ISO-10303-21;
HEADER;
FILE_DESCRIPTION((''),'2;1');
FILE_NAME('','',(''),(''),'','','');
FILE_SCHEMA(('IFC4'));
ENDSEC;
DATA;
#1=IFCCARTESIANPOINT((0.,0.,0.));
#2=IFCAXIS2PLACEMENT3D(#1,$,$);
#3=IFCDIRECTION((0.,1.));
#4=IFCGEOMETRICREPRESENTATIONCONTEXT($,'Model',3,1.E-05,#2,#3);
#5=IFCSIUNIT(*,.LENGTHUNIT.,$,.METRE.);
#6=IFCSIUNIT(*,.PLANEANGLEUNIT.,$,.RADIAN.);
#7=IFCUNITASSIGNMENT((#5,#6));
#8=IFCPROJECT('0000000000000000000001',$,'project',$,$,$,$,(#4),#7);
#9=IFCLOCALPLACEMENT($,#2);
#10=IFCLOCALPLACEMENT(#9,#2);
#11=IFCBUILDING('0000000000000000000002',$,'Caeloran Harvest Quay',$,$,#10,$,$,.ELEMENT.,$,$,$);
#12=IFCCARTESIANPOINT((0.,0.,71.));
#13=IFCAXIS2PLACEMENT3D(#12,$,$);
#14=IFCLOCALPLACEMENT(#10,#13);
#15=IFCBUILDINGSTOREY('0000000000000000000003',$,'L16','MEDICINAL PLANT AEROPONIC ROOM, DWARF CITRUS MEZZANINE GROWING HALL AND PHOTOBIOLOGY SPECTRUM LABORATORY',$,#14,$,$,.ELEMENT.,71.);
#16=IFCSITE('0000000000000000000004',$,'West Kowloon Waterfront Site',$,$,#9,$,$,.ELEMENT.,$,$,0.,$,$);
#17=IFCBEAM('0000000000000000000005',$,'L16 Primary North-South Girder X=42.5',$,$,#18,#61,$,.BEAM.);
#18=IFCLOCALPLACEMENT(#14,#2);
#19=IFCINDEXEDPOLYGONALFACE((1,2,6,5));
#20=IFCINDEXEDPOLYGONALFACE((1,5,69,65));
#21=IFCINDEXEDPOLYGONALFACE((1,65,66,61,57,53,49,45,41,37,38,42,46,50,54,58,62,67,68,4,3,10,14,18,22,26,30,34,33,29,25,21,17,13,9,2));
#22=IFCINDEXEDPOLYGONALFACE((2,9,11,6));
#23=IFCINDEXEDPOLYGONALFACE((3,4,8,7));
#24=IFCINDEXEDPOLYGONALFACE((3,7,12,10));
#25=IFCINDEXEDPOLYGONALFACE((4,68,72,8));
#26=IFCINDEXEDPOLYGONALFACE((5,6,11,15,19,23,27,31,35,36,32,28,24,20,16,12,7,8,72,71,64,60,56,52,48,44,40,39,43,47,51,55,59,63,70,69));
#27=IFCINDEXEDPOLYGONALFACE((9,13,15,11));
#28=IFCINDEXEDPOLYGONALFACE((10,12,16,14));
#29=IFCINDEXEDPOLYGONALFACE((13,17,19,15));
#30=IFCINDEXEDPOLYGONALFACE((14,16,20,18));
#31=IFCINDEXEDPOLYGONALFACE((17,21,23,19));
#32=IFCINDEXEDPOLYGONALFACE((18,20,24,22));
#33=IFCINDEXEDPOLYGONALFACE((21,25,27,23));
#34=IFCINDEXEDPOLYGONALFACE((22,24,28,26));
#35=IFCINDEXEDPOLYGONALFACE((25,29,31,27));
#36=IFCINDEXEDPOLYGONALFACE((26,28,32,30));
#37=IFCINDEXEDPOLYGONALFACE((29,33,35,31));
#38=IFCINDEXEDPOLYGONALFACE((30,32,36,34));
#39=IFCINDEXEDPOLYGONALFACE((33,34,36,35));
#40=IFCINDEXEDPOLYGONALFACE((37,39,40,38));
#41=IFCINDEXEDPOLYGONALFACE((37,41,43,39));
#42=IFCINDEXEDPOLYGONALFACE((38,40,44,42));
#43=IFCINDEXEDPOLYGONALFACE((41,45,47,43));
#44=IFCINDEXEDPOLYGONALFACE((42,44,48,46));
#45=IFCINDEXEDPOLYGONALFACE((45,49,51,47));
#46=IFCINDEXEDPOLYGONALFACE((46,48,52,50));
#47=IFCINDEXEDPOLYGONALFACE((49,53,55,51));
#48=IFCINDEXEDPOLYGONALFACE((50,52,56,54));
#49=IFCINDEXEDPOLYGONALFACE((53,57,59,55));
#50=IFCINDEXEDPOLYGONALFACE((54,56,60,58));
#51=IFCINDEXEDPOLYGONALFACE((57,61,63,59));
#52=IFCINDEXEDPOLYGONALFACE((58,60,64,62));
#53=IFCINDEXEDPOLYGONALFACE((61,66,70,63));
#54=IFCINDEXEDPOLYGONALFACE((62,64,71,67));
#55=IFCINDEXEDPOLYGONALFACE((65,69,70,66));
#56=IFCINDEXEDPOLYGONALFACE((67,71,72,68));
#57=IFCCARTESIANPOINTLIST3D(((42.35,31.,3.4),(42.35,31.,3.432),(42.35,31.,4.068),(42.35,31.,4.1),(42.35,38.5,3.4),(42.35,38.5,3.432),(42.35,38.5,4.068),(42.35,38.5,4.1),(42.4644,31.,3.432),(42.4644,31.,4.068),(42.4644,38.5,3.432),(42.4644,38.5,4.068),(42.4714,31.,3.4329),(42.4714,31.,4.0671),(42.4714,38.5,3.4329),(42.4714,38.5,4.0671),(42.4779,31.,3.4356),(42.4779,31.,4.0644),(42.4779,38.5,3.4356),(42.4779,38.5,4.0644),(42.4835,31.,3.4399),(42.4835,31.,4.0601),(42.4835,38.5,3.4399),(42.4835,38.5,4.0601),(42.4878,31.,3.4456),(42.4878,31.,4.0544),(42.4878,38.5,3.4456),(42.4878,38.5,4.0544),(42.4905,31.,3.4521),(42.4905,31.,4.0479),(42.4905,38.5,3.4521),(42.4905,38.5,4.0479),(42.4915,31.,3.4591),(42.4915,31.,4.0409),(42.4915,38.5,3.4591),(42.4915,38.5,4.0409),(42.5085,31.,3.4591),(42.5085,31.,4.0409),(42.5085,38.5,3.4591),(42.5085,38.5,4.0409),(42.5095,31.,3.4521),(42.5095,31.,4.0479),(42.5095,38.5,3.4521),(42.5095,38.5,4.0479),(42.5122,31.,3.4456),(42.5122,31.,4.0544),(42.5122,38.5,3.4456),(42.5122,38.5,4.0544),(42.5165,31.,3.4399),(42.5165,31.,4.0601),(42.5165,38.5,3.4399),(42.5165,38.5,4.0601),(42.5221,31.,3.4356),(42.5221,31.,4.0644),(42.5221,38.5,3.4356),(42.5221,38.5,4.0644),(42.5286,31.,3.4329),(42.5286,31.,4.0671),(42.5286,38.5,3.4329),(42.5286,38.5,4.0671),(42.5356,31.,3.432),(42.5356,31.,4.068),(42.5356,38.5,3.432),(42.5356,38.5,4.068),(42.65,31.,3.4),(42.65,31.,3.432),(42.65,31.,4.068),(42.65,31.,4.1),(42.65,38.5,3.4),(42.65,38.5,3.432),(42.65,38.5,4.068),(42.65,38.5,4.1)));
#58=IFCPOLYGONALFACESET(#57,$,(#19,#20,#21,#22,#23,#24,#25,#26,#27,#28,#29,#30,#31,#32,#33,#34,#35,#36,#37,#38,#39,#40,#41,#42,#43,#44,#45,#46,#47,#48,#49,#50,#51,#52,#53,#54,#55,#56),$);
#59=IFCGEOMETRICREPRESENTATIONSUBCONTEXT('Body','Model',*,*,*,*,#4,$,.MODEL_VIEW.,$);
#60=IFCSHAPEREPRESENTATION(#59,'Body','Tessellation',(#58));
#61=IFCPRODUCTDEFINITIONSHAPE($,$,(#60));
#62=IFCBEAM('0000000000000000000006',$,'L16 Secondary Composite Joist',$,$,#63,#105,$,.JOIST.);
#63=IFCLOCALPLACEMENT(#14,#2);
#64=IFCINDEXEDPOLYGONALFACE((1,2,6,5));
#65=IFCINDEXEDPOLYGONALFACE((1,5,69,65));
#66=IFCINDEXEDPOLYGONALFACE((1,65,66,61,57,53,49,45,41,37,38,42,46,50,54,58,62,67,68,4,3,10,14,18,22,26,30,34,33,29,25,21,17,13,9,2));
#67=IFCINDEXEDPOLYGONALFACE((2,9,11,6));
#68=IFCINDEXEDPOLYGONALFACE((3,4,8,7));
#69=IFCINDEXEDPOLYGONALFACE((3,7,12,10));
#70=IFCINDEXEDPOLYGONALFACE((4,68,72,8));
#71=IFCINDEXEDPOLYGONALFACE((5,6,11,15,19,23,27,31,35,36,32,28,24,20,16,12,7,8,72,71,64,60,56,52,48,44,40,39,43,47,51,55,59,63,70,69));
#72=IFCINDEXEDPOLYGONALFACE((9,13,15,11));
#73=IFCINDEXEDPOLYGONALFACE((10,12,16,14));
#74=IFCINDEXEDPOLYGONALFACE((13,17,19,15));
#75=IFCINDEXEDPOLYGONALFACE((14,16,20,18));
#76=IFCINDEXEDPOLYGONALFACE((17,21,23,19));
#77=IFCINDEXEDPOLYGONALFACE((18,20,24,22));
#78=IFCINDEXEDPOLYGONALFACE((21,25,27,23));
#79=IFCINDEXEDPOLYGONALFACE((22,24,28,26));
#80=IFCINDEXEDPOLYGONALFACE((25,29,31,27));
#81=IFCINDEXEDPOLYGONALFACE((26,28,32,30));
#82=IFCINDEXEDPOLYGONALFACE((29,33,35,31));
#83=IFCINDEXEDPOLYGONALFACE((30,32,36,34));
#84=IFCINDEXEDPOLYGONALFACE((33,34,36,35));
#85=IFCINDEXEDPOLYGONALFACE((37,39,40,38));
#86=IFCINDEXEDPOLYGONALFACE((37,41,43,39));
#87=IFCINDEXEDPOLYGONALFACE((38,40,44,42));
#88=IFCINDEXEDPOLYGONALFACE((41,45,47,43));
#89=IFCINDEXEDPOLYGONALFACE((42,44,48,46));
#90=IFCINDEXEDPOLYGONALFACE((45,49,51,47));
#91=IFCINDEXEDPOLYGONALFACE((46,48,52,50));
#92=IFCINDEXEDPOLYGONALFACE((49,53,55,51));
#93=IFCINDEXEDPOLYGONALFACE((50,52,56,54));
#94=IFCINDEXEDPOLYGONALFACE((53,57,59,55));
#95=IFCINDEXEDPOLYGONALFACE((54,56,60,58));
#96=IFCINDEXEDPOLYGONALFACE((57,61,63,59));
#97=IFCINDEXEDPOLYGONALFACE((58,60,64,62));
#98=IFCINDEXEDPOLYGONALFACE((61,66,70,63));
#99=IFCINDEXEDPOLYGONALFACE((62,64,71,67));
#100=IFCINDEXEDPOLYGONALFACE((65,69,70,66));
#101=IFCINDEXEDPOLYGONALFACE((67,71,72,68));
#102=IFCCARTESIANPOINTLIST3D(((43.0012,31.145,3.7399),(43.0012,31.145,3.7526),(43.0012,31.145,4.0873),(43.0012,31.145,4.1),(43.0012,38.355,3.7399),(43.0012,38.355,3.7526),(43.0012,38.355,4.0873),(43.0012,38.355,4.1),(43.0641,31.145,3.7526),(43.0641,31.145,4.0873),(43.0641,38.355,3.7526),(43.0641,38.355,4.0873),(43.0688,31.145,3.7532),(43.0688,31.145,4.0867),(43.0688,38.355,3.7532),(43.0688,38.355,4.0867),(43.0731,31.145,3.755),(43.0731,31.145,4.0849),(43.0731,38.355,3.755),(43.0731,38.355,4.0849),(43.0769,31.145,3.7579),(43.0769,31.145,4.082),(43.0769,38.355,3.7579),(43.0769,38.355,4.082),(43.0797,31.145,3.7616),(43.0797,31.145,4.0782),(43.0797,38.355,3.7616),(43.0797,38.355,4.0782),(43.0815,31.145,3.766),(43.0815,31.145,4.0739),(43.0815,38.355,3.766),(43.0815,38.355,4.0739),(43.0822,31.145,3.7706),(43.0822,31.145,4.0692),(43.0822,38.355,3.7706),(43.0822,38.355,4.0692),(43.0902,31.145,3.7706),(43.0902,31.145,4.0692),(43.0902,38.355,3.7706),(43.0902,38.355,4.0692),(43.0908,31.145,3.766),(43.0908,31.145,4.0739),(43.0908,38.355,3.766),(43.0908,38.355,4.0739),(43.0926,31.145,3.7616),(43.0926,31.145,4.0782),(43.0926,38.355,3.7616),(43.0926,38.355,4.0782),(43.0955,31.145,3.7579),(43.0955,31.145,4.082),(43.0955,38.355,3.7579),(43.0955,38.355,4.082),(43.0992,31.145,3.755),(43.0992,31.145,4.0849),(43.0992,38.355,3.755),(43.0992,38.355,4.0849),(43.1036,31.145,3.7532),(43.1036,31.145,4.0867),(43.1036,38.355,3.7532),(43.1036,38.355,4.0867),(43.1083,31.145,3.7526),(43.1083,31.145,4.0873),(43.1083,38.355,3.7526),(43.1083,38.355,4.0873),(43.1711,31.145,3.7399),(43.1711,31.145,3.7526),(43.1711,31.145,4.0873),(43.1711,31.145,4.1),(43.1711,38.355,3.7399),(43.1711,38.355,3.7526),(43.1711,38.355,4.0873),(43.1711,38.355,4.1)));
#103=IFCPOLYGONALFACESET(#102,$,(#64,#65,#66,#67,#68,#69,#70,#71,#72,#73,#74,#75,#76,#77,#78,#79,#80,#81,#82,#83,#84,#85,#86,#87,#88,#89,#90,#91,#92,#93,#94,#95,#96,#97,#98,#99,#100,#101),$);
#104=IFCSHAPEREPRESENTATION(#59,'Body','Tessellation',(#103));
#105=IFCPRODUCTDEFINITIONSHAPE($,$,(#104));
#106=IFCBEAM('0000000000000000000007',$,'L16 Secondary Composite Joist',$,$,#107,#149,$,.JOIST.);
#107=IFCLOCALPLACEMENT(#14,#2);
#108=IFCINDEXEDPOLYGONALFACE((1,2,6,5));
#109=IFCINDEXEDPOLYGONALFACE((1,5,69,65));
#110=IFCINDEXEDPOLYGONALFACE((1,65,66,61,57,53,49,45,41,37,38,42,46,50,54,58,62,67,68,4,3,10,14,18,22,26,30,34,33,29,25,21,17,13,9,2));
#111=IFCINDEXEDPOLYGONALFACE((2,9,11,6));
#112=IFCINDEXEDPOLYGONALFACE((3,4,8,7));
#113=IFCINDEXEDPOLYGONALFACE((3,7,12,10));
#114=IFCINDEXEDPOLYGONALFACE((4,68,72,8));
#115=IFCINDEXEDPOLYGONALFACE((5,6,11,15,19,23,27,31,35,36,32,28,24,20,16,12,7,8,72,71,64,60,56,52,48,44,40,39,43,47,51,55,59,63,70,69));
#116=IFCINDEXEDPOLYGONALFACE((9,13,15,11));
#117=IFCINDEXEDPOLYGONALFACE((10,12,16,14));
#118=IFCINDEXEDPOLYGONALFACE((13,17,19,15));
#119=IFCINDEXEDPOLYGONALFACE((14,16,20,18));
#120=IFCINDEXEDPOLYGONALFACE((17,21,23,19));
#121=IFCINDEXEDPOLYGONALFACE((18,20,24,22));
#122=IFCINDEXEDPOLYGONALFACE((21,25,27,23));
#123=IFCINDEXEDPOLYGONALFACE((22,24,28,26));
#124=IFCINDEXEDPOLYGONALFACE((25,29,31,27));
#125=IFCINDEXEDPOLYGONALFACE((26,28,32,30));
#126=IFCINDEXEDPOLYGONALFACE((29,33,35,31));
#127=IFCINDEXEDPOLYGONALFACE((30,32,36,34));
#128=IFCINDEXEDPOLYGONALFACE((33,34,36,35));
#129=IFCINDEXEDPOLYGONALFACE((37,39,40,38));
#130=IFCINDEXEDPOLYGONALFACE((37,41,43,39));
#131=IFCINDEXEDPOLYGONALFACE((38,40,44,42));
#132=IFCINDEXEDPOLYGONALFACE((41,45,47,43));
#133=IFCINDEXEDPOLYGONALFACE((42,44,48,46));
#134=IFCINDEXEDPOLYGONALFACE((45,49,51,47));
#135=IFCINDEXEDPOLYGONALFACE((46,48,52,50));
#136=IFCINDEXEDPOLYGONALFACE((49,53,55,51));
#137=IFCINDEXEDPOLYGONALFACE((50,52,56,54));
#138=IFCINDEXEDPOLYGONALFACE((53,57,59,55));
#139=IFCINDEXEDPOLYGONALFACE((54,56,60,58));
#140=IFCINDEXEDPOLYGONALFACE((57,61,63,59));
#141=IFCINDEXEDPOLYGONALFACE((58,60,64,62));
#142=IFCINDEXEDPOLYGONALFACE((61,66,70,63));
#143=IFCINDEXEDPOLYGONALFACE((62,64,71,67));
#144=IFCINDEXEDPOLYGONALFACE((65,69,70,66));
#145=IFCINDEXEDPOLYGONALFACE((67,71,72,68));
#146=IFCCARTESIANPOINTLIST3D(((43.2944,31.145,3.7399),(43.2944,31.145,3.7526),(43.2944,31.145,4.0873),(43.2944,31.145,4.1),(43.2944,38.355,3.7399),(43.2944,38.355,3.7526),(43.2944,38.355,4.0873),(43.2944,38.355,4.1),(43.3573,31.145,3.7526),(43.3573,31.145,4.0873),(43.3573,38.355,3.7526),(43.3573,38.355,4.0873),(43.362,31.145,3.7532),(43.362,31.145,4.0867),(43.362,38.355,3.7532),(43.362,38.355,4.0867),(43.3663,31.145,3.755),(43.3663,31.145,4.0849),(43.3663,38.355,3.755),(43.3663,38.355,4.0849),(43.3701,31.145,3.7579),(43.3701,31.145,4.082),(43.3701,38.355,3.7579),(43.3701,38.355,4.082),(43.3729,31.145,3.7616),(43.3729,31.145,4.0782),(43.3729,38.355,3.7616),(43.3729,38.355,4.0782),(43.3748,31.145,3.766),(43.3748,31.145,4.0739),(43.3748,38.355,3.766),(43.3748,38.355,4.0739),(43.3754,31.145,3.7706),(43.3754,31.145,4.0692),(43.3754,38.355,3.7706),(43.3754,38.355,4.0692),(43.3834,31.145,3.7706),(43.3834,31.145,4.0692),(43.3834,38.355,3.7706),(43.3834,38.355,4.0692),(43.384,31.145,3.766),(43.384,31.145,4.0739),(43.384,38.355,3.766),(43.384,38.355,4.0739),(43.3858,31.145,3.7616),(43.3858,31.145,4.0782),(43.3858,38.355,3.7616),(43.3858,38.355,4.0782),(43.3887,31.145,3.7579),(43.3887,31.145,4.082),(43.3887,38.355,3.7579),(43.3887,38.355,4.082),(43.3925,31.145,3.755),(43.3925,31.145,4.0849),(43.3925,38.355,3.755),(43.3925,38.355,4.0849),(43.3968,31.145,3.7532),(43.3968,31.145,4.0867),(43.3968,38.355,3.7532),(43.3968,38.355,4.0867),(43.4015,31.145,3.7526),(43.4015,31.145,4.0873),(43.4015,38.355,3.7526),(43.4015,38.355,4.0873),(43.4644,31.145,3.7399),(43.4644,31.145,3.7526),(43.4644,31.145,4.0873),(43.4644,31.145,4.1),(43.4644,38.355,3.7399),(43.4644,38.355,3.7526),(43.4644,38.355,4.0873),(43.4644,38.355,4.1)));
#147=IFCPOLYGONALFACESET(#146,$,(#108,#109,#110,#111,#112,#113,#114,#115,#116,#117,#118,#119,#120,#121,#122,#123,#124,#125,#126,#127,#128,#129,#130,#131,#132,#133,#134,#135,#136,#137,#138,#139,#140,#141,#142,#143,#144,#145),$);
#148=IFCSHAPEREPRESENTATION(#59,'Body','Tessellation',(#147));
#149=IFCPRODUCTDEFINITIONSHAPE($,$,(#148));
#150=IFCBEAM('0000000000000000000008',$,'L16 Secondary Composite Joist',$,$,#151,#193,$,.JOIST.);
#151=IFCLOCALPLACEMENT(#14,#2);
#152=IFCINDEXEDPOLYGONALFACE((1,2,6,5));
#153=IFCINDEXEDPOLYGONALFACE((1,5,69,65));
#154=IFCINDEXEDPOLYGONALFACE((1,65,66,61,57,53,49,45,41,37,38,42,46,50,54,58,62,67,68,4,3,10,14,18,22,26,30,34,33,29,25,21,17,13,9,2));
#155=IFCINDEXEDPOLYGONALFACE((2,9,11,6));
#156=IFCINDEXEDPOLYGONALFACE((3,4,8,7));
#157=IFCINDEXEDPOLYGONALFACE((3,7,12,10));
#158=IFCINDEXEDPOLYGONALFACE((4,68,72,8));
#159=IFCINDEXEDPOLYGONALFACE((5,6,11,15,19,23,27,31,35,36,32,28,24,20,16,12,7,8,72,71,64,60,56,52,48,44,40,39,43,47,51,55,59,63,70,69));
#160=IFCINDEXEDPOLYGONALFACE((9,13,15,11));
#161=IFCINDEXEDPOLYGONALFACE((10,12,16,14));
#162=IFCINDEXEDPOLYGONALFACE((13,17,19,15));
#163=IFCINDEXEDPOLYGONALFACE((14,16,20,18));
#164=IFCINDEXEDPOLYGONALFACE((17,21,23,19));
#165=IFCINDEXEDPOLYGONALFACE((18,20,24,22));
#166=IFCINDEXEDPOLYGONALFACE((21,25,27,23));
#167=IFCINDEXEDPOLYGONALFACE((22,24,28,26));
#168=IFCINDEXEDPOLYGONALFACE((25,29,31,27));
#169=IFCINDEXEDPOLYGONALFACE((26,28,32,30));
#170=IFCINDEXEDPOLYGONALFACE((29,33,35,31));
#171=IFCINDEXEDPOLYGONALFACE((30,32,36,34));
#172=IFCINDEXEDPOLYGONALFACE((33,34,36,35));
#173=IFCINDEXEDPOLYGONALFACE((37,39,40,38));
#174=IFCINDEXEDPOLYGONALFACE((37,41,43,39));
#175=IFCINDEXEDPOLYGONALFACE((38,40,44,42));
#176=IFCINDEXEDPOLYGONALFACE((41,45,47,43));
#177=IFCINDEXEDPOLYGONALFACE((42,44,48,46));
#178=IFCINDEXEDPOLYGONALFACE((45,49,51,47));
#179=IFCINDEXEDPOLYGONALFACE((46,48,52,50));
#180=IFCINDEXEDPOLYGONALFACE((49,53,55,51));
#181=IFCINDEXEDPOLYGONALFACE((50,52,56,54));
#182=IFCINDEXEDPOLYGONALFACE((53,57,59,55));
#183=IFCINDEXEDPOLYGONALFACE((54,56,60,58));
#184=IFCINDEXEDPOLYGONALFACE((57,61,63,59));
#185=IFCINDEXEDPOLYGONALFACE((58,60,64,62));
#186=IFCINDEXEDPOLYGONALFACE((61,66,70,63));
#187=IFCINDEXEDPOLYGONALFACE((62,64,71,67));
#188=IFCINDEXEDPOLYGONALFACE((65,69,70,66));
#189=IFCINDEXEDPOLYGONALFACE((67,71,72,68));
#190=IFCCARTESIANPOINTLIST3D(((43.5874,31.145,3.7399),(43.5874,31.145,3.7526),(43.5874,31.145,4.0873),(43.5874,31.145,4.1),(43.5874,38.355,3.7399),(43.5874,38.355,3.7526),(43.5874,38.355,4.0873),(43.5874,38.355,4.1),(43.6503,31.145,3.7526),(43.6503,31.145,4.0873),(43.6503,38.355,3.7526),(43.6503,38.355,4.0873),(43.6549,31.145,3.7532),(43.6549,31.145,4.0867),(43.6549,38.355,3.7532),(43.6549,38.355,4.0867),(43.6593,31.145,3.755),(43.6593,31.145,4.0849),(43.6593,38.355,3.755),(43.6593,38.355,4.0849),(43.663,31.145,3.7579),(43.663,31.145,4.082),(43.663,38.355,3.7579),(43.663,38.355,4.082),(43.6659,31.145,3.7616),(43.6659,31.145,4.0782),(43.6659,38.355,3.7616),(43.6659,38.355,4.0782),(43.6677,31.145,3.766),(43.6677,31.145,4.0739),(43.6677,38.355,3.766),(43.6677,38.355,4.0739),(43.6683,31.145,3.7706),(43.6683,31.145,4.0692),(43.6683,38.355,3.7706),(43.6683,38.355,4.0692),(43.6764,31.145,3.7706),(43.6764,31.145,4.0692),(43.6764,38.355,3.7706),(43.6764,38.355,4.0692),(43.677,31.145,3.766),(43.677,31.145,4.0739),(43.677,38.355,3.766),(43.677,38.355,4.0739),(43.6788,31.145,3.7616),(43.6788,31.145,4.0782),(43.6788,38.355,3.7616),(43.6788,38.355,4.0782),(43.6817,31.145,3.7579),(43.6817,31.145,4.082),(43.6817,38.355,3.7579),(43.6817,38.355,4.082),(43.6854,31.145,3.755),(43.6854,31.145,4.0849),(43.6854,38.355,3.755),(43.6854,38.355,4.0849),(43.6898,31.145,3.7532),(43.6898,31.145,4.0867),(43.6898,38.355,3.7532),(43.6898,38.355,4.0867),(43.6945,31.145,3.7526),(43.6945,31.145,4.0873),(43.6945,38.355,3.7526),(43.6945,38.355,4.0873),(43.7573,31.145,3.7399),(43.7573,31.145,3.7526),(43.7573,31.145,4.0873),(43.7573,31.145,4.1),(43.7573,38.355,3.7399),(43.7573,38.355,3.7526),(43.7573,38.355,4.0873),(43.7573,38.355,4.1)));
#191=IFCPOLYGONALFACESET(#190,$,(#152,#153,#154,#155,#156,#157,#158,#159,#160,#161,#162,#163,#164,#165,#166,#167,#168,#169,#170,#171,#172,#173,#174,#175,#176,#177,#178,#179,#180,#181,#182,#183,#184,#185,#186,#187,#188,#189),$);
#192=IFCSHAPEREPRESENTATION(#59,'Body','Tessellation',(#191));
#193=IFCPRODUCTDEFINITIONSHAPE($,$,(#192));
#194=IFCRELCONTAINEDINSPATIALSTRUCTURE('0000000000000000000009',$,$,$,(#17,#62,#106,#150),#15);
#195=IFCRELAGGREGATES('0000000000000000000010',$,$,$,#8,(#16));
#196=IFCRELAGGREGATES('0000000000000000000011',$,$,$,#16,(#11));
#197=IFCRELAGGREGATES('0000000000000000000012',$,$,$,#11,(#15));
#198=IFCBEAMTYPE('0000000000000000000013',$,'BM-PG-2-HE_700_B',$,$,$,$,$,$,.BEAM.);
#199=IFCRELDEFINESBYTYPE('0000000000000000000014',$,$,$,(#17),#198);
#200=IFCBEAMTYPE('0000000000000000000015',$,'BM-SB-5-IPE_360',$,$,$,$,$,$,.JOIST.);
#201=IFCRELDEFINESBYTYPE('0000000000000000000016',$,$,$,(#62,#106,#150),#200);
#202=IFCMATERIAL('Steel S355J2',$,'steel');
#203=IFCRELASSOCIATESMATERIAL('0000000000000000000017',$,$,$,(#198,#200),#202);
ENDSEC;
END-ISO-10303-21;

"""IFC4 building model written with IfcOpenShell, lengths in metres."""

from ifc_helpers import new_model, si_unit, direction, frame, origin, origin_2d, place, context, subcontext, project, spatial, i_section, extrude, material, material_profile, profile_set, type_object, element, save


model = new_model("IFC4")

# Units and contexts
model_context = context("Model", 3, precision=1e-05, world=origin(), true_north=direction((0.0, 1.0)))
body_context = subcontext(model_context, "Body", "Model", "MODEL_VIEW")
ifc_project = project(units=[si_unit("LENGTHUNIT", "METRE"), si_unit("PLANEANGLEUNIT", "RADIAN")], contexts=[model_context])

# Site, building, storey
site_placement = place(None, origin())
site = spatial("IfcSite", under=ifc_project, at=site_placement, Name="West Kowloon Waterfront Site", CompositionType="ELEMENT", RefElevation=0.0)
building_placement = place(site_placement, origin())
building = spatial("IfcBuilding", under=site, at=building_placement, Name="Caeloran Harvest Quay", CompositionType="ELEMENT")
storey_placement = place(building_placement, frame((0.0, 0.0, 71.0)))
storey = spatial("IfcBuildingStorey", under=building, at=storey_placement, Name="L16", Description="MEDICINAL PLANT AEROPONIC ROOM, DWARF CITRUS MEZZANINE GROWING HALL AND PHOTOBIOLOGY SPECTRUM LABORATORY", CompositionType="ELEMENT", Elevation=71.0)

# Beams
ifc_material_1 = material(Name="Steel S355J2", Category="steel")
ifc_material_profile_1 = material_profile(ifc_material_1, i_section(OverallWidth=0.3, OverallDepth=0.7, WebThickness=0.0171, FlangeThickness=0.032, FilletRadius=0.0271, at=origin_2d()), Name="HE 700 B")
ifc_profile_set_1 = profile_set([ifc_material_profile_1], Name="Steel S355J2")
beam_type_1 = type_object("IfcBeamType", Name="BM-PG-2-HE_700_B", PredefinedType="BEAM", material=ifc_profile_set_1)
beam_placement = place(storey_placement, frame((42.5, 31.0, 3.75), z_axis=(0.0, 1.0, 0.0), x_axis=(-1.0, 0.0, 0.0)))
element("IfcBeam", 1, at=beam_placement, inside=storey, type_object=beam_type_1, Name="L16 Primary North-South Girder X=42.5", PredefinedType="BEAM", context=body_context, shape_type="SweptSolid", body=[
    extrude(i_section(OverallWidth=0.3, OverallDepth=0.7, WebThickness=0.0171, FlangeThickness=0.032, FilletRadius=0.0271, at=origin_2d()), origin(), (0.0, 0.0, 1.0), 7.5),
])
ifc_material_profile_2 = material_profile(ifc_material_1, i_section(OverallWidth=0.1699, OverallDepth=0.3601, WebThickness=0.0081, FlangeThickness=0.0127, FilletRadius=0.0181, at=origin_2d()), Name="IPE 360")
ifc_profile_set_2 = profile_set([ifc_material_profile_2], Name="Steel S355J2")
beam_type_2 = type_object("IfcBeamType", Name="BM-SB-5-IPE_360", PredefinedType="JOIST", material=ifc_profile_set_2)
for number, where, z_axis, x_axis, name in (
    (2, (43.0862, 31.145, 3.9199), (0.0, 1.0, 0.0), (-1.0, 0.0, 0.0), "L16 Secondary Composite Joist"),
    (3, (43.3794, 31.145, 3.9199), (0.0, 1.0, 0.0), (-1.0, 0.0, 0.0), "L16 Secondary Composite Joist"),
    (4, (43.6724, 31.145, 3.9199), (0.0, 1.0, 0.0), (-1.0, 0.0, 0.0), "L16 Secondary Composite Joist"),
):
    element("IfcBeam", number, at=place(storey_placement, frame(where, z_axis=z_axis, x_axis=x_axis)), inside=storey, type_object=beam_type_2, Name=name, PredefinedType="JOIST", context=body_context, shape_type="SweptSolid", body=[
        extrude(i_section(OverallWidth=0.1699, OverallDepth=0.3601, WebThickness=0.0081, FlangeThickness=0.0127, FilletRadius=0.0181, at=origin_2d()), origin(), (0.0, 0.0, 1.0), 7.21),
    ])

save(model, "model.ifc")
